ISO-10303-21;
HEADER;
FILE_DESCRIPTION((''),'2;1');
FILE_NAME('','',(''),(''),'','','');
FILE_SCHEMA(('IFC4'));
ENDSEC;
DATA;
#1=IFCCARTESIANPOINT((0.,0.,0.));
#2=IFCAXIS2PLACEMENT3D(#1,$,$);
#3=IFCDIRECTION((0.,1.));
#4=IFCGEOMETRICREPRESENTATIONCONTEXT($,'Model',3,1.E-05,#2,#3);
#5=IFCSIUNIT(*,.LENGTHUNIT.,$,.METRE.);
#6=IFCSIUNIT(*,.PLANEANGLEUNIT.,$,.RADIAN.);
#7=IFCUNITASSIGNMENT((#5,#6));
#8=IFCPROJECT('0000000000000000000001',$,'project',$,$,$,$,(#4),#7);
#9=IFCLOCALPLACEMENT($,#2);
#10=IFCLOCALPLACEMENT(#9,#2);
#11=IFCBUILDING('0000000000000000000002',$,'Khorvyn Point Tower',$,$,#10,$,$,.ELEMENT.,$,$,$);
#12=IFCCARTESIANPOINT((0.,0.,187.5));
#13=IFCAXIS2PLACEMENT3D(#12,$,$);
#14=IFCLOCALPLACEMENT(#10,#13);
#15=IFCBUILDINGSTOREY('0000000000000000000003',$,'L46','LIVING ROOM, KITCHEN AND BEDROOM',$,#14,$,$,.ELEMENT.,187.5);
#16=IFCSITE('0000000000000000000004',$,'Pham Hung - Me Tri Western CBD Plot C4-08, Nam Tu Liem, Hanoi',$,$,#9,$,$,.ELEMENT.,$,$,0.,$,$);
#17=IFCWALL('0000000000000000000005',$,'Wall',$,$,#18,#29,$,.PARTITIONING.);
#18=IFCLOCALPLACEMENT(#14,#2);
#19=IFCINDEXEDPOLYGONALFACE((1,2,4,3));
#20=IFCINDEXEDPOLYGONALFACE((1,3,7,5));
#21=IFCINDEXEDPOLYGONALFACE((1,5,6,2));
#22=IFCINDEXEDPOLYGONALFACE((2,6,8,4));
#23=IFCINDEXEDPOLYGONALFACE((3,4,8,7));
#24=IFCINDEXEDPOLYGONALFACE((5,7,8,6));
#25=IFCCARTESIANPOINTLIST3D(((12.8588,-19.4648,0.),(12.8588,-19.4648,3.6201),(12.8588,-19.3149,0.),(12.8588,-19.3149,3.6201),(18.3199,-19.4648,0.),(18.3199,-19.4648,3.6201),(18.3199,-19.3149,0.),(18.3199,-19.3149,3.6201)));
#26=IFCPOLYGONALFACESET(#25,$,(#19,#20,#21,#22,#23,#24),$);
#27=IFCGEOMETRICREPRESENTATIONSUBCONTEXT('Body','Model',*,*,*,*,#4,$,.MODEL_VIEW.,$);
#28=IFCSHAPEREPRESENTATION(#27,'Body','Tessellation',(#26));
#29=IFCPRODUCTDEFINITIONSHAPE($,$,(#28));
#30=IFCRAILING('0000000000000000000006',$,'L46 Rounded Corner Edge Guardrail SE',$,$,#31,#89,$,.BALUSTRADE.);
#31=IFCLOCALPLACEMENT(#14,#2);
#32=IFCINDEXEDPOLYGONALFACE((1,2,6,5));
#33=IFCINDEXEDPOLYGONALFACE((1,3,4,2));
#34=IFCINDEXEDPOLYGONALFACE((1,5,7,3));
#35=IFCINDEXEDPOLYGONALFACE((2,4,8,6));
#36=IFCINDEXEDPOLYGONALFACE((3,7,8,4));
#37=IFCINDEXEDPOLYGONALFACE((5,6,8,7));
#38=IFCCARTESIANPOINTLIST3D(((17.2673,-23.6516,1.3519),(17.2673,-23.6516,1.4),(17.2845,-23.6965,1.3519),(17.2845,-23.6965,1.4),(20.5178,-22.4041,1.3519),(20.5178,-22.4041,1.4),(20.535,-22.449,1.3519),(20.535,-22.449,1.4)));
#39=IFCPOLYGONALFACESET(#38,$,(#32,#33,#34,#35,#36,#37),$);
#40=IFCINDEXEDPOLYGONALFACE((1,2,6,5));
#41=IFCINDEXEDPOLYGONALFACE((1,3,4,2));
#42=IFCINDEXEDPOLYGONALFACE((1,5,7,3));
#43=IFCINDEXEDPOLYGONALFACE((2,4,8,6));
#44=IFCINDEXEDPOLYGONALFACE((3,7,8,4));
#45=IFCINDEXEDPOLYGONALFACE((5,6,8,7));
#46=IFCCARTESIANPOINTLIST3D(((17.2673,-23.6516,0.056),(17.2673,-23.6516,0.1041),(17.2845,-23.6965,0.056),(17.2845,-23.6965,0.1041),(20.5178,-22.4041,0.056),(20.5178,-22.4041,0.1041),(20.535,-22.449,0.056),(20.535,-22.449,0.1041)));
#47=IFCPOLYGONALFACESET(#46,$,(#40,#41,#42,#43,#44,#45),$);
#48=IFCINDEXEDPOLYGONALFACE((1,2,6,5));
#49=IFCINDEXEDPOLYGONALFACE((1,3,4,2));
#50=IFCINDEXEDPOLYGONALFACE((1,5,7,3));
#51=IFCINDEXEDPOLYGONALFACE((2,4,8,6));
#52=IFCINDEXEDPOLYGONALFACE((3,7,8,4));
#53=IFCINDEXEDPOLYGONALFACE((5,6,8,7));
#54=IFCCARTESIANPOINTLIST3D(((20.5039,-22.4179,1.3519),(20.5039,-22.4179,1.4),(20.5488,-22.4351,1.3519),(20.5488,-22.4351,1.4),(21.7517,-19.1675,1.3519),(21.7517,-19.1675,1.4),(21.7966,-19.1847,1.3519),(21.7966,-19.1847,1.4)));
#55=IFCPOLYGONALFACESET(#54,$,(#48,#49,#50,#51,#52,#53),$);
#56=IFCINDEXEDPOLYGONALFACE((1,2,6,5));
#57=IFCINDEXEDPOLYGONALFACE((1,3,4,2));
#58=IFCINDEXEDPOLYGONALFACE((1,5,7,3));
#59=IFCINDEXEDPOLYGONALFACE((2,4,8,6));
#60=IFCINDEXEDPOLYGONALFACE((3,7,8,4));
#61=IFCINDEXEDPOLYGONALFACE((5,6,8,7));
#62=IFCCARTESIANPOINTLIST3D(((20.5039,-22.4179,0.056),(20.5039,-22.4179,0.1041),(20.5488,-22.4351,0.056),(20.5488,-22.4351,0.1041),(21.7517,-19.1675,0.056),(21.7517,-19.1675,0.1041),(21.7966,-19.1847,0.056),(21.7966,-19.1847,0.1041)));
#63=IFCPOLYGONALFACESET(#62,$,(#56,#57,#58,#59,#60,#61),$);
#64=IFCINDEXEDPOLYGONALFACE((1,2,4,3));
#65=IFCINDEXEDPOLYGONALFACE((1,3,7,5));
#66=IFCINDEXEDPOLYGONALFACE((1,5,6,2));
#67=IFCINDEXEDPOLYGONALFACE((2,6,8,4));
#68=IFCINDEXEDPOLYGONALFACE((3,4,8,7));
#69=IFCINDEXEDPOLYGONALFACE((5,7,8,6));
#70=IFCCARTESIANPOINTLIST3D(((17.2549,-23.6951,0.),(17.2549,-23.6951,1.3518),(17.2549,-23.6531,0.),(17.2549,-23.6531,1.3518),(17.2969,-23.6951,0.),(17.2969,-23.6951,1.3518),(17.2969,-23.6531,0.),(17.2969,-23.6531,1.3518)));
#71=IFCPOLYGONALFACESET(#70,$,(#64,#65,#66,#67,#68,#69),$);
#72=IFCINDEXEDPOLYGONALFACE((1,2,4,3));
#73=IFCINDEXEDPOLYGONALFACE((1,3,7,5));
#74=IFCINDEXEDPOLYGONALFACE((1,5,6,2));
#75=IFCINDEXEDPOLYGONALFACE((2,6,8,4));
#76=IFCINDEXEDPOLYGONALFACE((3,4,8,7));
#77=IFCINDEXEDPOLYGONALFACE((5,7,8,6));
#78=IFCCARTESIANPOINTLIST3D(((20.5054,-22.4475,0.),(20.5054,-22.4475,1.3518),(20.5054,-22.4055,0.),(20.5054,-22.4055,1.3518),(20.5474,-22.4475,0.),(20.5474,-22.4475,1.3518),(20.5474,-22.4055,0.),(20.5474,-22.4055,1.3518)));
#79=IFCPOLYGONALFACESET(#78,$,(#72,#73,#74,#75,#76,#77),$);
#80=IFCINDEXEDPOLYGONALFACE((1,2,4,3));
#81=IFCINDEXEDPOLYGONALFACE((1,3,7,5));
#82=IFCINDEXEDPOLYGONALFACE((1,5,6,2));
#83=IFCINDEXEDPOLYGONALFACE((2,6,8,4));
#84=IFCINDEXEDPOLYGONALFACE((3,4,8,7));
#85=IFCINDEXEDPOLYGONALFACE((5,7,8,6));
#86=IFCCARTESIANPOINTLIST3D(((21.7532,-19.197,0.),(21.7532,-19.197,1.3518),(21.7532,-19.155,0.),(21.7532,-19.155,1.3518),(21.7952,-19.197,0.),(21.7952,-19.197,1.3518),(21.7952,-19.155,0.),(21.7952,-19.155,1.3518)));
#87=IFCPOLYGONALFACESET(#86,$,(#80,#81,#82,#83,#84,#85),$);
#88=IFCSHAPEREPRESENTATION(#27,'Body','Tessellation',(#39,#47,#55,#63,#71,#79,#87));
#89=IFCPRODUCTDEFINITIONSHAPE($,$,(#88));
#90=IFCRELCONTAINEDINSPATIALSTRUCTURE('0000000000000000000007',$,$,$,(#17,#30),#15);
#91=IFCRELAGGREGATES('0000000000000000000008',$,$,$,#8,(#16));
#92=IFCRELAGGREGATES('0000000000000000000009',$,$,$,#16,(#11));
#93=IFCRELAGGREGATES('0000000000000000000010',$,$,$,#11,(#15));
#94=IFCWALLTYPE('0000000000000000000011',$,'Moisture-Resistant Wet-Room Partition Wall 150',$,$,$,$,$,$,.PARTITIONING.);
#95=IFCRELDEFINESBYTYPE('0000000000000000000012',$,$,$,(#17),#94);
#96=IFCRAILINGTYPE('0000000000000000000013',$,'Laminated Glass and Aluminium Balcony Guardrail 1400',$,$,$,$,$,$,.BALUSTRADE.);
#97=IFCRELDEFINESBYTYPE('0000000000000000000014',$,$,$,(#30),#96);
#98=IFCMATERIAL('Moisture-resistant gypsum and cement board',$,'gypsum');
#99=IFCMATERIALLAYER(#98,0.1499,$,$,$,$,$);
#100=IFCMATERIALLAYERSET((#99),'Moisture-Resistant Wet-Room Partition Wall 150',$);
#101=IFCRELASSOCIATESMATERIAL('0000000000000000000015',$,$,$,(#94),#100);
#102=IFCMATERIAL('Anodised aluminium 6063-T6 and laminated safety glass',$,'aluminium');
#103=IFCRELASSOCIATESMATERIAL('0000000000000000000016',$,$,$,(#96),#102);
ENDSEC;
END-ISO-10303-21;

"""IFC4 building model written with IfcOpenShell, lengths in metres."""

from ifc_helpers import new_model, si_unit, direction, frame, frame_2d, origin, origin_2d, place, context, subcontext, project, spatial, rectangle, extrude, material, layer, layer_set, type_object, element, save


model = new_model("IFC4")

# Units and contexts
model_context = context("Model", 3, precision=1e-05, world=origin(), true_north=direction((0.0, 1.0)))
body_context = subcontext(model_context, "Body", "Model", "MODEL_VIEW")
ifc_project = project(units=[si_unit("LENGTHUNIT", "METRE"), si_unit("PLANEANGLEUNIT", "RADIAN")], contexts=[model_context])

# Site, building, storey
site_placement = place(None, origin())
site = spatial("IfcSite", under=ifc_project, at=site_placement, Name="Pham Hung - Me Tri Western CBD Plot C4-08, Nam Tu Liem, Hanoi", CompositionType="ELEMENT", RefElevation=0.0)
building_placement = place(site_placement, origin())
building = spatial("IfcBuilding", under=site, at=building_placement, Name="Khorvyn Point Tower", CompositionType="ELEMENT")
storey_placement = place(building_placement, frame((0.0, 0.0, 187.5)))
storey = spatial("IfcBuildingStorey", under=building, at=storey_placement, Name="L46", Description="LIVING ROOM, KITCHEN AND BEDROOM", CompositionType="ELEMENT", Elevation=187.5)

# Shared definitions
ifc_material_1 = material(Name="Moisture-resistant gypsum and cement board", Category="gypsum")
ifc_layer_1 = layer(ifc_material_1, 0.1499)
ifc_layer_set_1 = layer_set([ifc_layer_1], Name="Moisture-Resistant Wet-Room Partition Wall 150")
wall_type_1 = type_object("IfcWallType", Name="Moisture-Resistant Wet-Room Partition Wall 150", PredefinedType="PARTITIONING", material=ifc_layer_set_1)

# Wall
for number, where, z_axis, x_axis, name in (
    (1, (12.8589, -19.3899, 0.0), (0.0, 0.0, 1.0), (1.0, 0.0, 0.0), "Wall"),
):
    element("IfcWall", number, at=place(storey_placement, frame(where, z_axis=z_axis, x_axis=x_axis)), inside=storey, type_object=wall_type_1, Name=name, PredefinedType="PARTITIONING", context=body_context, shape_type="SweptSolid", body=[
        extrude(rectangle(XDim=5.4612, YDim=0.1499, at=frame_2d((2.7305, 0.0))), origin(), (0.0, 0.0, 1.0), 3.6201),
    ])

# Railing
ifc_material_2 = material(Name="Anodised aluminium 6063-T6 and laminated safety glass", Category="aluminium")
railing_type = type_object("IfcRailingType", Name="Laminated Glass and Aluminium Balcony Guardrail 1400", PredefinedType="BALUSTRADE", material=ifc_material_2)
railing_placement = place(storey_placement, frame((17.2759, -23.6741, 0.0)))
element("IfcRailing", 2, at=railing_placement, inside=storey, type_object=railing_type, Name="L46 Rounded Corner Edge Guardrail SE", PredefinedType="BALUSTRADE", context=body_context, shape_type="SweptSolid", body=[
    extrude(rectangle(XDim=0.0481, YDim=0.0481, at=origin_2d()), frame((0.0, 0.0, 1.376), z_axis=(0.933598, 0.358321, 0.0), x_axis=(-0.358321, 0.933598, 0.0)), (0.0, 0.0, 1.0), 3.4817),
    extrude(rectangle(XDim=0.0481, YDim=0.0481, at=origin_2d()), frame((0.0, 0.0, 0.0801), z_axis=(0.933598, 0.358321, 0.0), x_axis=(-0.358321, 0.933598, 0.0)), (0.0, 0.0, 1.0), 3.4817),
    extrude(rectangle(XDim=0.0481, YDim=0.0481, at=origin_2d()), frame((3.2505, 1.2476, 1.376), z_axis=(0.358382, 0.933575, 0.0), x_axis=(-0.933575, 0.358382, 0.0)), (0.0, 0.0, 1.0), 3.4817),
    extrude(rectangle(XDim=0.0481, YDim=0.0481, at=origin_2d()), frame((3.2505, 1.2476, 0.0801), z_axis=(0.358382, 0.933575, 0.0), x_axis=(-0.933575, 0.358382, 0.0)), (0.0, 0.0, 1.0), 3.4817),
    extrude(rectangle(XDim=0.042, YDim=0.042, at=origin_2d()), origin(), (0.0, 0.0, 1.0), 1.3518),
    extrude(rectangle(XDim=0.042, YDim=0.042, at=origin_2d()), frame((3.2505, 1.2476, 0.0)), (0.0, 0.0, 1.0), 1.3518),
    extrude(rectangle(XDim=0.042, YDim=0.042, at=origin_2d()), frame((4.4983, 4.498, 0.0)), (0.0, 0.0, 1.0), 1.3518),
])

save(model, "model.ifc")
